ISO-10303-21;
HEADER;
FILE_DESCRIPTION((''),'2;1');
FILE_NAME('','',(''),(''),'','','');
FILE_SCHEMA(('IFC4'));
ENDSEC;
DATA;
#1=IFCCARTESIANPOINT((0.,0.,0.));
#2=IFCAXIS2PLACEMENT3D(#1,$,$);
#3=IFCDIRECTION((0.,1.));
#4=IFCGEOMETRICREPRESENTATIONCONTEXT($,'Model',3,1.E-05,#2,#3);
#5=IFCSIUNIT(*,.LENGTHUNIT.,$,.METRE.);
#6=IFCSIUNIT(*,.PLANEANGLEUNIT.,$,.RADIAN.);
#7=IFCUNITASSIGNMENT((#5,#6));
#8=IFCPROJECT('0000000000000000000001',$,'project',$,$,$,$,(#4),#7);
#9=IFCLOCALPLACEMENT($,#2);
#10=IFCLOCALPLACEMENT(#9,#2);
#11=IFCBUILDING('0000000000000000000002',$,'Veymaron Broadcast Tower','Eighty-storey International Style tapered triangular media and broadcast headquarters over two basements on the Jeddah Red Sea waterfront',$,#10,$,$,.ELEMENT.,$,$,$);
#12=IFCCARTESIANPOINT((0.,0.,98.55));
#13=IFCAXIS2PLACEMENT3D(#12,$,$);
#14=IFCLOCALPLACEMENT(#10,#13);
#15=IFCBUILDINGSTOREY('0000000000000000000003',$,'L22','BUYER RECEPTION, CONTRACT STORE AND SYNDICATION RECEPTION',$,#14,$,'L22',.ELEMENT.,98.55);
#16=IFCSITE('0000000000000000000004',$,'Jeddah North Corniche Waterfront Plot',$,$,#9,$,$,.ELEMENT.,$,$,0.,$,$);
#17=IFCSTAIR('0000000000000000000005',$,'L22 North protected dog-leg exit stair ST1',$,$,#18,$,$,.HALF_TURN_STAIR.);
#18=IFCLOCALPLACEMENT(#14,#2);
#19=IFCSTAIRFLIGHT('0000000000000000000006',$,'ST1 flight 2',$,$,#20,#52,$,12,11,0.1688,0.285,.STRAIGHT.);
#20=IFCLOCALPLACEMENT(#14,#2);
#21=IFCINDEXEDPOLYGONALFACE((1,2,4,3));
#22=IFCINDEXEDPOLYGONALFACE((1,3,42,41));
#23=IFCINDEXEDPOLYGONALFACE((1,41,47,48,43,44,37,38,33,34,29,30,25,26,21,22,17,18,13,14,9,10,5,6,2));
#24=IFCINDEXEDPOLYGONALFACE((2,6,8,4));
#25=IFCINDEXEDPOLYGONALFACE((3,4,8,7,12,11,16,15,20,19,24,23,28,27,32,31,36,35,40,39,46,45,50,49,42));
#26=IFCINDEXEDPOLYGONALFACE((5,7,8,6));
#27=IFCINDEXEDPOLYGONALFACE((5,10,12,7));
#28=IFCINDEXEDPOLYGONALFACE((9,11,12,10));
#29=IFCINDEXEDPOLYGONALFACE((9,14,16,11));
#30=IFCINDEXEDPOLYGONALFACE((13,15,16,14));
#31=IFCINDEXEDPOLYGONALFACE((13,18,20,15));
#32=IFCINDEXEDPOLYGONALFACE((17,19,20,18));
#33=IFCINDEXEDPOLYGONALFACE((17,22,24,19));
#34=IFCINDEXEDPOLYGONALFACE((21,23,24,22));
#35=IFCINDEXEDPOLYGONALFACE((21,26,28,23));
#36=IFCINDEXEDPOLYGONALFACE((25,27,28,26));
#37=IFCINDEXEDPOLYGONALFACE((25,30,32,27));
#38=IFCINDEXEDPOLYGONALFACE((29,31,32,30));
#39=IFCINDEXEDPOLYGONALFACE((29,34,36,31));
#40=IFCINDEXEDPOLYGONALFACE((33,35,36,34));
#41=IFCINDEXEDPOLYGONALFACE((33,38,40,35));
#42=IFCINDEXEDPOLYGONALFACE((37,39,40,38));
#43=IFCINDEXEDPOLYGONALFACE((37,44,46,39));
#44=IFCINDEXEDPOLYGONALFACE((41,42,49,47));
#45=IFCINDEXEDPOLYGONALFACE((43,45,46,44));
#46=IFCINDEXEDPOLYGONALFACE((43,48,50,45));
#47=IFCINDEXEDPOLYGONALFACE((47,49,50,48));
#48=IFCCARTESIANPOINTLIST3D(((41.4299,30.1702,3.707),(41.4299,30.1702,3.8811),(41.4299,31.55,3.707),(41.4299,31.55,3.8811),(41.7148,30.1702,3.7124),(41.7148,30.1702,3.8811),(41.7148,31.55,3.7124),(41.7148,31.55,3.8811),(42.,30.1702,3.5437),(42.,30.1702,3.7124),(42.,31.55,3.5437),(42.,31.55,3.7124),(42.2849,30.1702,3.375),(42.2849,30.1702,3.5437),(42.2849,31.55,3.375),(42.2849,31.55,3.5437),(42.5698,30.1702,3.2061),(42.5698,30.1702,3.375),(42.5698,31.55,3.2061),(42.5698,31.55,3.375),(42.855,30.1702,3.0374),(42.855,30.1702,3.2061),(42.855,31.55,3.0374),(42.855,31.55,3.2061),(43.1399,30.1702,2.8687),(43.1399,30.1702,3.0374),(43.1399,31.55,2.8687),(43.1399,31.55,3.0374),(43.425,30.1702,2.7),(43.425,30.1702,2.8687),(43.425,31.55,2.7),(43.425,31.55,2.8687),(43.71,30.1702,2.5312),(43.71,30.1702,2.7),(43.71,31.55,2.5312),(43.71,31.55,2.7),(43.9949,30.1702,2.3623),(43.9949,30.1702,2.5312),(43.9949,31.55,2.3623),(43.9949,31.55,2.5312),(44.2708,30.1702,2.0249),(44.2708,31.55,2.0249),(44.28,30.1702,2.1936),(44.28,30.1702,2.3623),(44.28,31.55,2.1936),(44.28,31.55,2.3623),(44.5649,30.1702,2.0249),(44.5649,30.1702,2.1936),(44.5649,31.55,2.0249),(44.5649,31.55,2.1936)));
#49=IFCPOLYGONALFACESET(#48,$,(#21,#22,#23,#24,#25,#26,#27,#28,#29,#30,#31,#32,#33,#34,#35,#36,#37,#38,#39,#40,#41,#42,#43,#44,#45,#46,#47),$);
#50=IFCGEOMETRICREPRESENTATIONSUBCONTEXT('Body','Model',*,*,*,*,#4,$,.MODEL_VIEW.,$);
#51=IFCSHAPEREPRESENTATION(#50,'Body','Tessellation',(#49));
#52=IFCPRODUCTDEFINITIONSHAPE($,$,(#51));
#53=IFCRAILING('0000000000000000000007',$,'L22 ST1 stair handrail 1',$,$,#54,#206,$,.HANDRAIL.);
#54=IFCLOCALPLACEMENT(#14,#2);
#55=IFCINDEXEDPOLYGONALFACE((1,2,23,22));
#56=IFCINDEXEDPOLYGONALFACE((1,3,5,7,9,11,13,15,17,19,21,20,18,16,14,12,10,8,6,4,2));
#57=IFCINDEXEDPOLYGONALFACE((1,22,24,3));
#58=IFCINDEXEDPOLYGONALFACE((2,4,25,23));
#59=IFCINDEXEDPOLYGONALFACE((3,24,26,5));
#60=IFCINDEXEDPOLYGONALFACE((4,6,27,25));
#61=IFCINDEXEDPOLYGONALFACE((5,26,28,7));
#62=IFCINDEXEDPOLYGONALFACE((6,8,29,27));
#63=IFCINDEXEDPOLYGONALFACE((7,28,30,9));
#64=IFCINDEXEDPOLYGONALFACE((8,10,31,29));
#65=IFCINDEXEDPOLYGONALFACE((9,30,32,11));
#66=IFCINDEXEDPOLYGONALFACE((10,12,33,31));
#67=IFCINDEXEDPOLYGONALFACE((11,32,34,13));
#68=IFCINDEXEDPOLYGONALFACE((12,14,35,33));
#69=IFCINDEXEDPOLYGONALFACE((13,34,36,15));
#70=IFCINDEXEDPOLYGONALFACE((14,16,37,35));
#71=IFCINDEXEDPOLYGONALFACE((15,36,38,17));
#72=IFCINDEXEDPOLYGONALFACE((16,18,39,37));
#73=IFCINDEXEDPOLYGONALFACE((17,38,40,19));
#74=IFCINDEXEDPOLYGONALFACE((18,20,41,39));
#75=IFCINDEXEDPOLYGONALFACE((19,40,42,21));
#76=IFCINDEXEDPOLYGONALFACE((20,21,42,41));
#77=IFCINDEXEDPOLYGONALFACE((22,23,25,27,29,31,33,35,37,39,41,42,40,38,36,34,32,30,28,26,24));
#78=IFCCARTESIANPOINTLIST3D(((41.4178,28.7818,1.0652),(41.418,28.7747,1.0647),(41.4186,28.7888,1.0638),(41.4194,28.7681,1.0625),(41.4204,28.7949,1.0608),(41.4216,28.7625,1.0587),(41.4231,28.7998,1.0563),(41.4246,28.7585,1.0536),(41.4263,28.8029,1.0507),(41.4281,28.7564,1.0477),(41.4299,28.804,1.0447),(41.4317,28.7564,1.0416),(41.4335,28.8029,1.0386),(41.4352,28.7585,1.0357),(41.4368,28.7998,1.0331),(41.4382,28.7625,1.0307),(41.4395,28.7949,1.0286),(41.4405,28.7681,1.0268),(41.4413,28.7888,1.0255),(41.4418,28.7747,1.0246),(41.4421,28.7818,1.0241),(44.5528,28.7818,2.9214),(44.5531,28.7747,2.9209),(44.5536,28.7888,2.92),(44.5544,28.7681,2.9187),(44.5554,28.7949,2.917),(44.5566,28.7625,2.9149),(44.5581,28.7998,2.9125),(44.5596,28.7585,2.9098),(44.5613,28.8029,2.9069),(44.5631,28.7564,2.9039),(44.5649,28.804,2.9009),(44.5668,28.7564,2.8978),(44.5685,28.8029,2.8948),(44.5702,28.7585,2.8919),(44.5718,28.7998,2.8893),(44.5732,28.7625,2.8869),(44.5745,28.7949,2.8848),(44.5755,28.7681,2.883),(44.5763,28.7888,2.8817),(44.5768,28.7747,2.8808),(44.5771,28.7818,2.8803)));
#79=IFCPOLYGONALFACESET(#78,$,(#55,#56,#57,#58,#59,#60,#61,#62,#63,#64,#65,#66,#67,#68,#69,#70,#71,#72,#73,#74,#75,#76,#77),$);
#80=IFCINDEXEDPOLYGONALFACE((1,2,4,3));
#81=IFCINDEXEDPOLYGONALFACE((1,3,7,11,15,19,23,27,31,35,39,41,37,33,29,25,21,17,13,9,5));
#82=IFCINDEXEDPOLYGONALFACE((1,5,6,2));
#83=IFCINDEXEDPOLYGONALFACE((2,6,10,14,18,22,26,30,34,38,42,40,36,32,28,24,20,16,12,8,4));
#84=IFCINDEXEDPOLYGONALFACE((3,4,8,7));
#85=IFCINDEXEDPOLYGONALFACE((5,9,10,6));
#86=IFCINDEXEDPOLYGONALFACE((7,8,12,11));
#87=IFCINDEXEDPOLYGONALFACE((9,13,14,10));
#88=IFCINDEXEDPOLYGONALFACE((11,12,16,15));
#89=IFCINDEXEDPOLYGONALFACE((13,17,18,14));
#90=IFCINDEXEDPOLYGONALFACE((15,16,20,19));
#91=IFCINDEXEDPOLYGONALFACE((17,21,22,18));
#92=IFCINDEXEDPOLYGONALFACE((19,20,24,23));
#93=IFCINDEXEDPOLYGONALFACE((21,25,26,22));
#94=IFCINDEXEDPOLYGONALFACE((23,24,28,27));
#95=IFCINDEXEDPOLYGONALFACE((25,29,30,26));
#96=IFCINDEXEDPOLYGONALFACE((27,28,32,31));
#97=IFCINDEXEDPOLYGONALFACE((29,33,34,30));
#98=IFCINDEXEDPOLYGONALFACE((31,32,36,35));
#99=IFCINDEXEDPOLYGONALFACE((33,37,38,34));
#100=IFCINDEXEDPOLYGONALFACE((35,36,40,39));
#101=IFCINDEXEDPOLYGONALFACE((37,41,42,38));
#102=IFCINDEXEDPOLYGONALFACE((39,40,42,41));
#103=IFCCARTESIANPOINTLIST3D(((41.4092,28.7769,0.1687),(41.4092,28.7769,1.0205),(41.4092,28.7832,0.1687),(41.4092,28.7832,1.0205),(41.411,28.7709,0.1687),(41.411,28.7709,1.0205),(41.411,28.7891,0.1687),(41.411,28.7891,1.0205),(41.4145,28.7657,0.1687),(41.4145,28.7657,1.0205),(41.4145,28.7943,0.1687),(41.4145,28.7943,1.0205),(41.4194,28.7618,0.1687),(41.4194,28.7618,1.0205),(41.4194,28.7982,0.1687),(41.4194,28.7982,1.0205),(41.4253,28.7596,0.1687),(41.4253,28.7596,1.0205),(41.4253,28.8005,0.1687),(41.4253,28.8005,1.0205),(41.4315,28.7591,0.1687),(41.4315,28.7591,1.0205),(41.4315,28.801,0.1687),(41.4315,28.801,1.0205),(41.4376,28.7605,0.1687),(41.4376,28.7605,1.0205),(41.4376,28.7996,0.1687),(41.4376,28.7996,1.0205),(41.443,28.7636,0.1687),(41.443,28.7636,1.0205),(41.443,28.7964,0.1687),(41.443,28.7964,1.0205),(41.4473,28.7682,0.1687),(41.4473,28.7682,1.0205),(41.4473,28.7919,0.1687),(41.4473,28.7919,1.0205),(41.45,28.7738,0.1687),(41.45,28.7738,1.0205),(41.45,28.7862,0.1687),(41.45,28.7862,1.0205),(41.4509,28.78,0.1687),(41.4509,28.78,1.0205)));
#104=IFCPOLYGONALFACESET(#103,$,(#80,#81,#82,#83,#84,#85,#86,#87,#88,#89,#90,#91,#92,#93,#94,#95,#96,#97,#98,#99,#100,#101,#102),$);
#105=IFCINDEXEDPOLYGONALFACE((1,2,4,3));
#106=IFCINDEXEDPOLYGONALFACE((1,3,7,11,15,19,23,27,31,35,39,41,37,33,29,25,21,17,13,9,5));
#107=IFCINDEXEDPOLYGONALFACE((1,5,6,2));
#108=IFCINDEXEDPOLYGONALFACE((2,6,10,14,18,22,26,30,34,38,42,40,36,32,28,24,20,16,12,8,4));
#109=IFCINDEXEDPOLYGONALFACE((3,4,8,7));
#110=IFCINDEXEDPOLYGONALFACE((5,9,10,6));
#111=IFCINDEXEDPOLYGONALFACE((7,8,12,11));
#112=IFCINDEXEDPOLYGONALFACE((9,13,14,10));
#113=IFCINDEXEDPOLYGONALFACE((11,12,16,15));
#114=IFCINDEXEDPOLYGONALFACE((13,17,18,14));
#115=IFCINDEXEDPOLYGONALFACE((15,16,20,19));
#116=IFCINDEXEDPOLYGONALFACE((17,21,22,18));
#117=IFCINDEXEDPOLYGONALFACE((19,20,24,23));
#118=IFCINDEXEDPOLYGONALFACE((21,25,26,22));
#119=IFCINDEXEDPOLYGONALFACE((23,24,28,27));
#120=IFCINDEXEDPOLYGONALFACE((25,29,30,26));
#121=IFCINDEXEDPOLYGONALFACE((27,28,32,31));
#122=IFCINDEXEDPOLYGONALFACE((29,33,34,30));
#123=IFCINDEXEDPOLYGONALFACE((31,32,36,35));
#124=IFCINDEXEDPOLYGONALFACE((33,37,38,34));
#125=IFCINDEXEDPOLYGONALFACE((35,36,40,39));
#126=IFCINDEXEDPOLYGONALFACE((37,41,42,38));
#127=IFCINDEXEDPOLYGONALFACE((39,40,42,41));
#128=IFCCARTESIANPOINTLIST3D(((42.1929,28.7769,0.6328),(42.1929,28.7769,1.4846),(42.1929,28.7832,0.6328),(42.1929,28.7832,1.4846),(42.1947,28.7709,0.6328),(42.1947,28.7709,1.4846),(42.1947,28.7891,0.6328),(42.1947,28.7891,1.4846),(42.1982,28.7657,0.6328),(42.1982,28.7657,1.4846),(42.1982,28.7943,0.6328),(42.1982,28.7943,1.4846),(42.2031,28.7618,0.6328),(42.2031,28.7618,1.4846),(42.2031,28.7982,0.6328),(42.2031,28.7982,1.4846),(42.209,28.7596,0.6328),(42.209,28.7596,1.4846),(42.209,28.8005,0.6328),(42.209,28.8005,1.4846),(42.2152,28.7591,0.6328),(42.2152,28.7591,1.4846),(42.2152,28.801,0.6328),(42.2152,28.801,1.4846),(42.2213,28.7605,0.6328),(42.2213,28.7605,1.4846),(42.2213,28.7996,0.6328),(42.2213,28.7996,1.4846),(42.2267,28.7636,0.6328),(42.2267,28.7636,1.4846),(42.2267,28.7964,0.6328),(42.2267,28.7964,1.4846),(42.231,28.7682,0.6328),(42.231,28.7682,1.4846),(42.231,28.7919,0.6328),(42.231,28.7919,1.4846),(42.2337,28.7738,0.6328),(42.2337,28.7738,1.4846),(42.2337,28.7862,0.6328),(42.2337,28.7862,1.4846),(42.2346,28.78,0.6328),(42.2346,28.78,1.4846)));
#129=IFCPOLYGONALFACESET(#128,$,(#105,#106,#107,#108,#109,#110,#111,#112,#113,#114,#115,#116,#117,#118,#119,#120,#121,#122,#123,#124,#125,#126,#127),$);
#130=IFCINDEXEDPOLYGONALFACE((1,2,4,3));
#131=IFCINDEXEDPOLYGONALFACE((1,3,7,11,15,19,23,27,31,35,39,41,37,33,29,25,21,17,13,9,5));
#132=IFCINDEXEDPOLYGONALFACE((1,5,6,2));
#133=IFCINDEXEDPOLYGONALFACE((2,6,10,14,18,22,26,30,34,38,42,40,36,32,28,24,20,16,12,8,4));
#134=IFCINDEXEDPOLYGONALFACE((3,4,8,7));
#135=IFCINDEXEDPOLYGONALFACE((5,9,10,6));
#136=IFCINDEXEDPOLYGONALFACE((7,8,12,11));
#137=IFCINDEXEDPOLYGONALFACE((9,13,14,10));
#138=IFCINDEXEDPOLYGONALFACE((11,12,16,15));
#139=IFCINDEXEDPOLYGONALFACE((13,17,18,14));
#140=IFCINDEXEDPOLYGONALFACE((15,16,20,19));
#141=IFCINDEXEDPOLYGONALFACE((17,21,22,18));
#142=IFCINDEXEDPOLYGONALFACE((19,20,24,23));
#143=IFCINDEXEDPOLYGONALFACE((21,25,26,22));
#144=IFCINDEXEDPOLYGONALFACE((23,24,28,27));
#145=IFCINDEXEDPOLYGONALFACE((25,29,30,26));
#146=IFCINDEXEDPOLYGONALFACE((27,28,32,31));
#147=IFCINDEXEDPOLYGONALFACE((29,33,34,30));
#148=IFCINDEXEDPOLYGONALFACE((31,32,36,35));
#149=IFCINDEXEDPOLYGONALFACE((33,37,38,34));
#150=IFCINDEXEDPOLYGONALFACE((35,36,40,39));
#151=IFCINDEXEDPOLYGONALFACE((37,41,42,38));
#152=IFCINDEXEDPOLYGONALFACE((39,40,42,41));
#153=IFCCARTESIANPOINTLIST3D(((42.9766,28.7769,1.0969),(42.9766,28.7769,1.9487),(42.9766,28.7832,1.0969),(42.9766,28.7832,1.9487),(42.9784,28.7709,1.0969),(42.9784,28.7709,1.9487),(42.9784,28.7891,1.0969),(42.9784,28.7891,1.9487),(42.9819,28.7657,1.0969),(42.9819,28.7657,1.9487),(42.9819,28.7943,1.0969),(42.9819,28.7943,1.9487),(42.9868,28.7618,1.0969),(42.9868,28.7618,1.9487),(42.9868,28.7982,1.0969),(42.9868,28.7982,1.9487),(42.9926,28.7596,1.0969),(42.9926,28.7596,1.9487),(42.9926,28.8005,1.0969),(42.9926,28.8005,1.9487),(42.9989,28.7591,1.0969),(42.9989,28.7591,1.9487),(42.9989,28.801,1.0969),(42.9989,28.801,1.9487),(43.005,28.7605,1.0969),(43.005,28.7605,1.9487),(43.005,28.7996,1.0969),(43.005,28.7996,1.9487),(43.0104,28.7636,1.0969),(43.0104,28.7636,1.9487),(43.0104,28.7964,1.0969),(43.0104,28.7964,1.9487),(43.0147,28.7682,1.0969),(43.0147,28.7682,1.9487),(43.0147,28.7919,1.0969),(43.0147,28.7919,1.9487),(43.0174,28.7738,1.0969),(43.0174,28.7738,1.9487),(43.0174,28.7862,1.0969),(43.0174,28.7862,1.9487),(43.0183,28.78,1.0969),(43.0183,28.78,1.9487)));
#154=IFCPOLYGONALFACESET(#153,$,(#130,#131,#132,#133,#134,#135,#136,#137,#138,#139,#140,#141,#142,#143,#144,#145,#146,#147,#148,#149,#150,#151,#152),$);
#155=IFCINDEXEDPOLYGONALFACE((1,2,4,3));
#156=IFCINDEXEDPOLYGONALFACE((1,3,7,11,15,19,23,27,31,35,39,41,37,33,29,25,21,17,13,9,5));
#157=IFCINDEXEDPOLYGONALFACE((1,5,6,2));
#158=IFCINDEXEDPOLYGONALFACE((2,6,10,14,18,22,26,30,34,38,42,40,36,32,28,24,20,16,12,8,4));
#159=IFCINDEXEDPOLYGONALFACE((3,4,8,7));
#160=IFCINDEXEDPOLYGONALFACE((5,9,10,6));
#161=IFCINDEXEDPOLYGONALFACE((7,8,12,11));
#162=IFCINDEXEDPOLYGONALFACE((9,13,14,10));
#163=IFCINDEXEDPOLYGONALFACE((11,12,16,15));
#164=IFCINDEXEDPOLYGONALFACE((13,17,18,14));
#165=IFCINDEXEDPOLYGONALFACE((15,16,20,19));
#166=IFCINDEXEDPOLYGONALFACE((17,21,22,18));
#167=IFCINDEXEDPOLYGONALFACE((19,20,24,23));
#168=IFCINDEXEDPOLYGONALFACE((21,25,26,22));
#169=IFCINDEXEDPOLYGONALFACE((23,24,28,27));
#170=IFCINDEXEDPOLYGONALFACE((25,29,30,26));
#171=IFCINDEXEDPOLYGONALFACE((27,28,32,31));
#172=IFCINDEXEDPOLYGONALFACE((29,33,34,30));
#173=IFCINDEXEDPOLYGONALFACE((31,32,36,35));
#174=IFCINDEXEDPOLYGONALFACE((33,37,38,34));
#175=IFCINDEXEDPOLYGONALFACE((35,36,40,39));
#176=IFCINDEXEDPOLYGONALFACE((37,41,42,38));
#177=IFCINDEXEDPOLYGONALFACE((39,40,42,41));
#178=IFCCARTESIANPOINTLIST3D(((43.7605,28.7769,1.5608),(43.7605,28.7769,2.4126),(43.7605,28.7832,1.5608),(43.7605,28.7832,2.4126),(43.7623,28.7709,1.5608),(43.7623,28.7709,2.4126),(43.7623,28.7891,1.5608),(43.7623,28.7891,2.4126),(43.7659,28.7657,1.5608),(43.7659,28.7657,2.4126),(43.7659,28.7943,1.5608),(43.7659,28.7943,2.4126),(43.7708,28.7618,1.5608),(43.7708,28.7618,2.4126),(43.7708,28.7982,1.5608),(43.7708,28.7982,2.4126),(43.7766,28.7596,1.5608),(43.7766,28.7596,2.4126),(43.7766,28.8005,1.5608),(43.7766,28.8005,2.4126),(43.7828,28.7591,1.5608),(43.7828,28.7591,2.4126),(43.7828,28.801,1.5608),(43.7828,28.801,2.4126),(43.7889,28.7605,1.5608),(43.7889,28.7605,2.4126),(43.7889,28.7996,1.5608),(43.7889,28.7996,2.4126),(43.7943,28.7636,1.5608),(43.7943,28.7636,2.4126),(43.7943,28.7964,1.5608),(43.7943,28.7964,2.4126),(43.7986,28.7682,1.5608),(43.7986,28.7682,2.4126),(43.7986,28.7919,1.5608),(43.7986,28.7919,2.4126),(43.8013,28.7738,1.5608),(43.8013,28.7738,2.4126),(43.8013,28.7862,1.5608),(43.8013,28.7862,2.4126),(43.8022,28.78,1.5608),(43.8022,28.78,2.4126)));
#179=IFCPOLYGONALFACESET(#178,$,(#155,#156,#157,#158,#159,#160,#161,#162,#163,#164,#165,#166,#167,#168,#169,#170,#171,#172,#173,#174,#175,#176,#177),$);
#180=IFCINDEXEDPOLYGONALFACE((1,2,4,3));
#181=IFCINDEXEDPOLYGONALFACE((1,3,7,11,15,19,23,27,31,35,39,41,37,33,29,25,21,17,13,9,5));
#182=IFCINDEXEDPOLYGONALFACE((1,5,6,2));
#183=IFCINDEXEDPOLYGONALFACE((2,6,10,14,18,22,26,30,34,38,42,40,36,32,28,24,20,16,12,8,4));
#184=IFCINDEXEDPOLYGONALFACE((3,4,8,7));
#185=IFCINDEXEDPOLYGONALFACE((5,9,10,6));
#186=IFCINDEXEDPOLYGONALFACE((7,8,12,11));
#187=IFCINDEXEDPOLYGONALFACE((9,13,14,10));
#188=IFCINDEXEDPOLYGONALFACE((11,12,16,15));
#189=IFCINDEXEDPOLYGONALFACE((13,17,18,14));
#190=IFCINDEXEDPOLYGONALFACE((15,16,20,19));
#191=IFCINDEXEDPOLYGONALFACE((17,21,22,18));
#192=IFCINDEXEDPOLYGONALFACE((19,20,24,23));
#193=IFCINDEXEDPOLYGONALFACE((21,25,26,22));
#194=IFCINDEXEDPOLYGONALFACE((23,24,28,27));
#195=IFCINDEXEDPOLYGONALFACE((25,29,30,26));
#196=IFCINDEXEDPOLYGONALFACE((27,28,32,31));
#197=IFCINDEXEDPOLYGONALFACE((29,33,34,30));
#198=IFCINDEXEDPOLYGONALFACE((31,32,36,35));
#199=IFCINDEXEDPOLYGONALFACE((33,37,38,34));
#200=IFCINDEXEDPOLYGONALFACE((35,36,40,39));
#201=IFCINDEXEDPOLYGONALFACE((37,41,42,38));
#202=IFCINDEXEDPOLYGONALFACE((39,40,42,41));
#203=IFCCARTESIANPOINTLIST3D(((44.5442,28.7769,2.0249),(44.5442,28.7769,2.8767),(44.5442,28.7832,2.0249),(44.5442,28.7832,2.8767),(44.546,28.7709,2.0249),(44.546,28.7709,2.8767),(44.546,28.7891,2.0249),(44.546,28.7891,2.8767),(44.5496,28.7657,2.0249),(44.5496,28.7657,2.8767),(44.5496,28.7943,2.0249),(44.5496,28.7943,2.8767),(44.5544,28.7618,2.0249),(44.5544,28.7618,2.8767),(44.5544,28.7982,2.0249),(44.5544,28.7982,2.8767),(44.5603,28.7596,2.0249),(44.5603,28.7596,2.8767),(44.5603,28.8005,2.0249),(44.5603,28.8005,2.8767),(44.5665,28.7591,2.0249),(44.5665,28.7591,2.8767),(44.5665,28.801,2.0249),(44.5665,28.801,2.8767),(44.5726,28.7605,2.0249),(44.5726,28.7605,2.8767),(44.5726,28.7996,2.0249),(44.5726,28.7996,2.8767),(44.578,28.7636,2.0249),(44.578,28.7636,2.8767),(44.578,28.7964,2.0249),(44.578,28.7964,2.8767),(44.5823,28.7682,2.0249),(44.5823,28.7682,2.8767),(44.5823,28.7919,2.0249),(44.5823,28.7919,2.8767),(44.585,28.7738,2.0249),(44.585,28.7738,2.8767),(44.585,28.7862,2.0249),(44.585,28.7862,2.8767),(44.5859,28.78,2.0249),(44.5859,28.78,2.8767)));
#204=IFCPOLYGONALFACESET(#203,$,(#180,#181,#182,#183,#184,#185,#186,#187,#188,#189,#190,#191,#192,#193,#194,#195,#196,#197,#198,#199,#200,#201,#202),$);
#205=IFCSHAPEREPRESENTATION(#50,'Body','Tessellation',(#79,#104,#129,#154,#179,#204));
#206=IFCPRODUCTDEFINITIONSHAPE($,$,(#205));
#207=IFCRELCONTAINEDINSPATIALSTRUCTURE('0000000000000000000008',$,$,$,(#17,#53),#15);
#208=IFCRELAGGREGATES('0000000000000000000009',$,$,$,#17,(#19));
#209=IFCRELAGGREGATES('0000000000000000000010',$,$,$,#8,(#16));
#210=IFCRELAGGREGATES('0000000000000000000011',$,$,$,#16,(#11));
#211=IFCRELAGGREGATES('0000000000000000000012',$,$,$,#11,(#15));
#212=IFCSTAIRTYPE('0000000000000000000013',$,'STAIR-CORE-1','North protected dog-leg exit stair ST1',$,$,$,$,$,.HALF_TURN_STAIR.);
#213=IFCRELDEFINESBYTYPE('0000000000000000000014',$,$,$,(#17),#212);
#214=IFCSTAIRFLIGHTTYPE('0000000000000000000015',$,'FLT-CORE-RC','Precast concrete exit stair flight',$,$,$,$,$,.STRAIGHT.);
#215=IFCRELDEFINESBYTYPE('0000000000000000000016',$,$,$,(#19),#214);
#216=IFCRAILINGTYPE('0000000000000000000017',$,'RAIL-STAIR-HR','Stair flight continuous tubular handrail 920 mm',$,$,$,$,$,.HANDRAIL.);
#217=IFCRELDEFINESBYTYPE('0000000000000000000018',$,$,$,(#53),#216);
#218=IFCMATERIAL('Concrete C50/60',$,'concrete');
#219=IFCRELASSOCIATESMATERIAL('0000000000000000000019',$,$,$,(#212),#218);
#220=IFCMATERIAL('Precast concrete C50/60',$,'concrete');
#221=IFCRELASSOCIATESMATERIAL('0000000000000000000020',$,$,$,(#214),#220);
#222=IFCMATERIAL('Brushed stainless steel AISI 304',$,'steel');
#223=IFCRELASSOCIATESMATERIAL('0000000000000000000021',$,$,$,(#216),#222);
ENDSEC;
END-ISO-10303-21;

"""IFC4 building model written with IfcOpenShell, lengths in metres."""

from ifc_helpers import new_model, si_unit, direction, frame, origin, origin_2d, place, context, subcontext, project, spatial, polyline, circle, outline, extrude, material, type_object, element, aggregate, save


model = new_model("IFC4")

# Units and contexts
model_context = context("Model", 3, precision=1e-05, world=origin(), true_north=direction((0.0, 1.0)))
body_context = subcontext(model_context, "Body", "Model", "MODEL_VIEW")
ifc_project = project(units=[si_unit("LENGTHUNIT", "METRE"), si_unit("PLANEANGLEUNIT", "RADIAN")], contexts=[model_context])

# Site, building, storey
site_placement = place(None, origin())
site = spatial("IfcSite", under=ifc_project, at=site_placement, Name="Jeddah North Corniche Waterfront Plot", CompositionType="ELEMENT", RefElevation=0.0)
building_placement = place(site_placement, origin())
building = spatial("IfcBuilding", under=site, at=building_placement, Name="Veymaron Broadcast Tower", Description="Eighty-storey International Style tapered triangular media and broadcast headquarters over two basements on the Jeddah Red Sea waterfront", CompositionType="ELEMENT")
storey_placement = place(building_placement, frame((0.0, 0.0, 98.55)))
storey = spatial("IfcBuildingStorey", under=building, at=storey_placement, Name="L22", Description="BUYER RECEPTION, CONTRACT STORE AND SYNDICATION RECEPTION", LongName="L22", CompositionType="ELEMENT", Elevation=98.55)

# Shared definitions
ifc_material_1 = material(Name="Brushed stainless steel AISI 304", Category="steel")

# Shared definitions
ifc_material_2 = material(Name="Concrete C50/60", Category="concrete")

# Stair, stair flight
stair_type = type_object("IfcStairType", Name="STAIR-CORE-1", Description="North protected dog-leg exit stair ST1", PredefinedType="HALF_TURN_STAIR", material=ifc_material_2)
stair_placement = place(storey_placement, origin())
stair = element("IfcStair", 1, at=stair_placement, inside=storey, type_object=stair_type, Name="L22 North protected dog-leg exit stair ST1", PredefinedType="HALF_TURN_STAIR")
ifc_material_3 = material(Name="Precast concrete C50/60", Category="concrete")
stair_flight_type = type_object("IfcStairFlightType", Name="FLT-CORE-RC", Description="Precast concrete exit stair flight", PredefinedType="STRAIGHT", material=ifc_material_3)
stair_flight_1_placement = place(storey_placement, frame((44.5649, 30.8601, 2.0249), z_axis=(0.0, 0.0, 1.0), x_axis=(-1.0, 0.0, 0.0)))
stair_flight_1 = element("IfcStairFlight", 2, at=stair_flight_1_placement, type_object=stair_flight_type, Name="ST1 flight 2", NumberOfRisers=12, NumberOfTreads=11, PredefinedType="STRAIGHT", RiserHeight=0.1688, TreadLength=0.285, context=body_context, shape_type="SweptSolid", body=[
    extrude(outline(polyline([(0.0, 0.0), (0.0, 0.1687), (0.2849, 0.1687), (0.2849, 0.3374), (0.5701, 0.3374), (0.5701, 0.5063), (0.855, 0.5063), (0.855, 0.675), (1.1399, 0.675), (1.1399, 0.8438), (1.425, 0.8438), (1.425, 1.0125), (1.71, 1.0125), (1.71, 1.1812), (1.9951, 1.1812), (1.9951, 1.3501), (2.28, 1.3501), (2.28, 1.5188), (2.5649, 1.5188), (2.5649, 1.6875), (2.8501, 1.6875), (2.8501, 1.8562), (3.135, 1.8562), (3.135, 2.0249), (3.135, 1.6821), (0.2942, 0.0), (0.0, 0.0)])), frame((0.0, 0.6899, 0.0), z_axis=(0.0, -1.0, 0.0), x_axis=(1.0, 0.0, 0.0)), (0.0, 0.0, 1.0), 1.3799),
])
aggregate(stair, [stair_flight_1])

# Railing
railing_type_1 = type_object("IfcRailingType", Name="RAIL-STAIR-HR", Description="Stair flight continuous tubular handrail 920 mm", PredefinedType="HANDRAIL", material=ifc_material_1)
railing_1_placement = place(storey_placement, frame((41.4299, 28.78, 0.1687)))
element("IfcRailing", 3, at=railing_1_placement, inside=storey, type_object=railing_type_1, Name="L22 ST1 stair handrail 1", PredefinedType="HANDRAIL", context=body_context, shape_type="SweptSolid", body=[
    extrude(circle(Radius=0.0239, at=origin_2d()), frame((0.0, 0.0, 0.876), z_axis=(0.860482, 0.0, 0.509481), x_axis=(0.0, 1.0, 0.0)), (0.0, 0.0, 1.0), 3.6433),
    extrude(circle(Radius=0.021, at=origin_2d()), origin(), (0.0, 0.0, 1.0), 0.8518),
    extrude(circle(Radius=0.021, at=origin_2d()), frame((0.7837, 0.0, 0.4641)), (0.0, 0.0, 1.0), 0.8518),
    extrude(circle(Radius=0.021, at=origin_2d()), frame((1.5674, 0.0, 0.9282)), (0.0, 0.0, 1.0), 0.8518),
    extrude(circle(Radius=0.021, at=origin_2d()), frame((2.3513, 0.0, 1.3921)), (0.0, 0.0, 1.0), 0.8518),
    extrude(circle(Radius=0.021, at=origin_2d()), frame((3.135, 0.0, 1.8562)), (0.0, 0.0, 1.0), 0.8518),
])

save(model, "model.ifc")
